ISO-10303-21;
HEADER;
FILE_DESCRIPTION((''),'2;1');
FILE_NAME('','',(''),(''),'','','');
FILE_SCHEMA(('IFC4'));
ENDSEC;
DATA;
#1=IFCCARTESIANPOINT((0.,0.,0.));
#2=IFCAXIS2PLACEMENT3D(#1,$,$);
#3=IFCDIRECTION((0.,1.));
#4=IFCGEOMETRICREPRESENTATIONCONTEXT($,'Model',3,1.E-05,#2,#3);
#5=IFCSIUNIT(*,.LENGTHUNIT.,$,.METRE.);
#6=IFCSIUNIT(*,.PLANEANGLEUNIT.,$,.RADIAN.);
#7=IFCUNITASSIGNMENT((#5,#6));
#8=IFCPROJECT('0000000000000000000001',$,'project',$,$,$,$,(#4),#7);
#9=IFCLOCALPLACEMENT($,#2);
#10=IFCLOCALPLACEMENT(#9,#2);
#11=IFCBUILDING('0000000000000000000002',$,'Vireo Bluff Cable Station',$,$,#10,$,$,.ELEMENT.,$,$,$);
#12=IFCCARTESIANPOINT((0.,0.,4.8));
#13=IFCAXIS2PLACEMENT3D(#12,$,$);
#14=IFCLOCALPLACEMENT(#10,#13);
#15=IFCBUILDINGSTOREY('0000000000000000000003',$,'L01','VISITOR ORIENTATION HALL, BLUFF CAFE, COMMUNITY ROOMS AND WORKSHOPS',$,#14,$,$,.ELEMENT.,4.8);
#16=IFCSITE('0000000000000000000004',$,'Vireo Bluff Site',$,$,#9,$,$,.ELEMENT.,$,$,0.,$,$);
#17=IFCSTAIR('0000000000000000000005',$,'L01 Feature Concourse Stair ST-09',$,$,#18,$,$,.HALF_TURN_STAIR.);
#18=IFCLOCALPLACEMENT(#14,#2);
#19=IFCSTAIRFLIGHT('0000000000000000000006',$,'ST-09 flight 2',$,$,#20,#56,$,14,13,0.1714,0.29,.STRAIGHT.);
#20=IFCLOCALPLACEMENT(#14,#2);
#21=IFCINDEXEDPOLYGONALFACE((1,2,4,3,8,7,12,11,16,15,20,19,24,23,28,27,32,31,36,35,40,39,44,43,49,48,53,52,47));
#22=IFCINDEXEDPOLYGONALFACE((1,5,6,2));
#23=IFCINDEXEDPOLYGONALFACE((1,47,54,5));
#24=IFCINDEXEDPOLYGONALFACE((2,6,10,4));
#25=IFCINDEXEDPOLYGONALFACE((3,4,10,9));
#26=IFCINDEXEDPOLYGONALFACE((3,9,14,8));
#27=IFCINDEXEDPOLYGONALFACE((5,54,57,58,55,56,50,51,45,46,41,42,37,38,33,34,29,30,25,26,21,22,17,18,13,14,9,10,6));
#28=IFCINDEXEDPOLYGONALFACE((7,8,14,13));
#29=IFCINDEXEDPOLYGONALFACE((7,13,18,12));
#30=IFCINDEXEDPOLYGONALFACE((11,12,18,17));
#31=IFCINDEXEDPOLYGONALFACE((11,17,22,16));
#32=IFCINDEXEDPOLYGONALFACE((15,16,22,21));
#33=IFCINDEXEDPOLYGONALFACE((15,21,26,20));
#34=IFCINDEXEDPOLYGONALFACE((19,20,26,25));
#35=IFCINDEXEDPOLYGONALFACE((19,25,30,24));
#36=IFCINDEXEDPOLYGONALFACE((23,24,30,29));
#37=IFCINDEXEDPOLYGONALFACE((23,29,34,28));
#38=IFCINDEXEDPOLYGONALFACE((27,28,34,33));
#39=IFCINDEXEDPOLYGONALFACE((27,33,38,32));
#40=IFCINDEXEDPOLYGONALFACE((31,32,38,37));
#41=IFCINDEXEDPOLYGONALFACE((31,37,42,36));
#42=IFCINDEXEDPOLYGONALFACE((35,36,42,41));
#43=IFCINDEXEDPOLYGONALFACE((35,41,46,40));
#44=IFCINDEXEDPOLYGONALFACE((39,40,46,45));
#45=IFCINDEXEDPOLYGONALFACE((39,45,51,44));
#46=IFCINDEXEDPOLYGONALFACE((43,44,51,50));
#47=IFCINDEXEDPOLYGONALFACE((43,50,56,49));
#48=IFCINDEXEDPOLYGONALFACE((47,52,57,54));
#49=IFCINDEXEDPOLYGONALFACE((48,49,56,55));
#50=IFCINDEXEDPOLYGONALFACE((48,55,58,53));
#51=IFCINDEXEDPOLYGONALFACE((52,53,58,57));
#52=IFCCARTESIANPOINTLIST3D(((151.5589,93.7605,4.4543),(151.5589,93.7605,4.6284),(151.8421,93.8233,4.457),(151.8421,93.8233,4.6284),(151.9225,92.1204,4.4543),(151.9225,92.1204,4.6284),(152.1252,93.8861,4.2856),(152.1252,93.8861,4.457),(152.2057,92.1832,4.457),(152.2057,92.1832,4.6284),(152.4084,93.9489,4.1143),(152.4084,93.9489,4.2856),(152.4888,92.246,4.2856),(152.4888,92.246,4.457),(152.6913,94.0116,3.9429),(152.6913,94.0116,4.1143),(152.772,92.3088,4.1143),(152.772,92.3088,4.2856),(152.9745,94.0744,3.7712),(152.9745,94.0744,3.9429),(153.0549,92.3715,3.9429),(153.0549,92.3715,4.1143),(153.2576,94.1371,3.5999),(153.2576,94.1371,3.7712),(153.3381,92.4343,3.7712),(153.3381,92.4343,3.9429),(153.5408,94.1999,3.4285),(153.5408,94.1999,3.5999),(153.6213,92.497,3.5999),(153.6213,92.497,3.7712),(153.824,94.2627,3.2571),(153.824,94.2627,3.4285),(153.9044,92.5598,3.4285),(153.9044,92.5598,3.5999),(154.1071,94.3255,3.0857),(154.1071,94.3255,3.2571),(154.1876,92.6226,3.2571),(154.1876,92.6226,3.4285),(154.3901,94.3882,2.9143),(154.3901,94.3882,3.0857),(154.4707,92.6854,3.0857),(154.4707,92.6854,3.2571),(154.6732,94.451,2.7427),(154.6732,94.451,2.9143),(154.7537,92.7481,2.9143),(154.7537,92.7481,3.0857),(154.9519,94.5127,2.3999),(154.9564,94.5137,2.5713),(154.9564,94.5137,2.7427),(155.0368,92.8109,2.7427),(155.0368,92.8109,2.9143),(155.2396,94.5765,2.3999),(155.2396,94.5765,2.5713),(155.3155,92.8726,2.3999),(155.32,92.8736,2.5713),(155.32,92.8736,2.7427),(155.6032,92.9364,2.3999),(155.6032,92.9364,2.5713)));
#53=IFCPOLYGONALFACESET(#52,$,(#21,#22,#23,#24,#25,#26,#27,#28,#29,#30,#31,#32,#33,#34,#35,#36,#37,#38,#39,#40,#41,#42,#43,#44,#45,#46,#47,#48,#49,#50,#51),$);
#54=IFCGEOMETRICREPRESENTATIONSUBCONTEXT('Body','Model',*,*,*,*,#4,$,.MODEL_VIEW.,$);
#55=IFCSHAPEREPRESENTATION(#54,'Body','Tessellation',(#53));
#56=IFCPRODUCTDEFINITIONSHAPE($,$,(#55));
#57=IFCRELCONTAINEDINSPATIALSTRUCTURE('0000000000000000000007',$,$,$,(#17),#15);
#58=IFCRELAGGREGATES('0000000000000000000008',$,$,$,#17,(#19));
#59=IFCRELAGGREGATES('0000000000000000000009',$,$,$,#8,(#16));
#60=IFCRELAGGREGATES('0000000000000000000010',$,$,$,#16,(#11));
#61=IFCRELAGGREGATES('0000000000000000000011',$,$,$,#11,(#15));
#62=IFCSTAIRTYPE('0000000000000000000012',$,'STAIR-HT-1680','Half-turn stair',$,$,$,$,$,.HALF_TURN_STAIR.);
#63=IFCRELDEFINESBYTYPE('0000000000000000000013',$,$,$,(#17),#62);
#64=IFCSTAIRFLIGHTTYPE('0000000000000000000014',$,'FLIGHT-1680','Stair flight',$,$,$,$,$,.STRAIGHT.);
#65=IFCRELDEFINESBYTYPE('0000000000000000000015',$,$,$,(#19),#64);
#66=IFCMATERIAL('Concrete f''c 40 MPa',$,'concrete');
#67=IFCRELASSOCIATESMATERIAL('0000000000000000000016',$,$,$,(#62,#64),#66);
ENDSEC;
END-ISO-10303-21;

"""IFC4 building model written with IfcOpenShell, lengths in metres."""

from ifc_helpers import new_model, si_unit, direction, frame, origin, place, context, subcontext, project, spatial, polyline, outline, extrude, material, type_object, element, aggregate, save


model = new_model("IFC4")

# Units and contexts
model_context = context("Model", 3, precision=1e-05, world=origin(), true_north=direction((0.0, 1.0)))
body_context = subcontext(model_context, "Body", "Model", "MODEL_VIEW")
ifc_project = project(units=[si_unit("LENGTHUNIT", "METRE"), si_unit("PLANEANGLEUNIT", "RADIAN")], contexts=[model_context])

# Site, building, storey
site_placement = place(None, origin())
site = spatial("IfcSite", under=ifc_project, at=site_placement, Name="Vireo Bluff Site", CompositionType="ELEMENT", RefElevation=0.0)
building_placement = place(site_placement, origin())
building = spatial("IfcBuilding", under=site, at=building_placement, Name="Vireo Bluff Cable Station", CompositionType="ELEMENT")
storey_placement = place(building_placement, frame((0.0, 0.0, 4.8)))
storey = spatial("IfcBuildingStorey", under=building, at=storey_placement, Name="L01", Description="VISITOR ORIENTATION HALL, BLUFF CAFE, COMMUNITY ROOMS AND WORKSHOPS", CompositionType="ELEMENT", Elevation=4.8)

# Stair, stair flight
ifc_material_1 = material(Name="Concrete f'c 40 MPa", Category="concrete")
stair_type = type_object("IfcStairType", Name="STAIR-HT-1680", Description="Half-turn stair", PredefinedType="HALF_TURN_STAIR", material=ifc_material_1)
stair_placement = place(storey_placement, origin())
stair = element("IfcStair", 1, at=stair_placement, inside=storey, type_object=stair_type, Name="L01 Feature Concourse Stair ST-09", PredefinedType="HALF_TURN_STAIR")
stair_flight_type = type_object("IfcStairFlightType", Name="FLIGHT-1680", Description="Stair flight", PredefinedType="STRAIGHT", material=ifc_material_1)
stair_flight_placement = place(storey_placement, frame((155.4214, 93.7563, 2.3999), z_axis=(0.0, 0.0, 1.0), x_axis=(-0.976296, -0.21644, 0.0)))
stair_flight = element("IfcStairFlight", 2, at=stair_flight_placement, type_object=stair_flight_type, Name="ST-09 flight 2", NumberOfRisers=14, NumberOfTreads=13, PredefinedType="STRAIGHT", RiserHeight=0.1714, TreadLength=0.29, context=body_context, shape_type="SweptSolid", body=[
    extrude(outline(polyline([(0.0, 0.0), (0.0, 0.1714), (0.29, 0.1714), (0.29, 0.3428), (0.5801, 0.3428), (0.5801, 0.5144), (0.8701, 0.5144), (0.8701, 0.6858), (1.1599, 0.6858), (1.1599, 0.8572), (1.45, 0.8572), (1.45, 1.0286), (1.74, 1.0286), (1.74, 1.2), (2.03, 1.2), (2.03, 1.3713), (2.3201, 1.3713), (2.3201, 1.543), (2.6101, 1.543), (2.6101, 1.7144), (2.8999, 1.7144), (2.8999, 1.8857), (3.1899, 1.8857), (3.1899, 2.0571), (3.48, 2.0571), (3.48, 2.2285), (3.77, 2.2285), (3.77, 2.3999), (3.77, 2.0544), (0.2947, 0.0), (0.0, 0.0)])), frame((0.0, 0.8398, 0.0), z_axis=(0.0, -1.0, 0.0), x_axis=(1.0, 0.0, 0.0)), (0.0, 0.0, 1.0), 1.6799),
])
aggregate(stair, [stair_flight])

save(model, "model.ifc")
